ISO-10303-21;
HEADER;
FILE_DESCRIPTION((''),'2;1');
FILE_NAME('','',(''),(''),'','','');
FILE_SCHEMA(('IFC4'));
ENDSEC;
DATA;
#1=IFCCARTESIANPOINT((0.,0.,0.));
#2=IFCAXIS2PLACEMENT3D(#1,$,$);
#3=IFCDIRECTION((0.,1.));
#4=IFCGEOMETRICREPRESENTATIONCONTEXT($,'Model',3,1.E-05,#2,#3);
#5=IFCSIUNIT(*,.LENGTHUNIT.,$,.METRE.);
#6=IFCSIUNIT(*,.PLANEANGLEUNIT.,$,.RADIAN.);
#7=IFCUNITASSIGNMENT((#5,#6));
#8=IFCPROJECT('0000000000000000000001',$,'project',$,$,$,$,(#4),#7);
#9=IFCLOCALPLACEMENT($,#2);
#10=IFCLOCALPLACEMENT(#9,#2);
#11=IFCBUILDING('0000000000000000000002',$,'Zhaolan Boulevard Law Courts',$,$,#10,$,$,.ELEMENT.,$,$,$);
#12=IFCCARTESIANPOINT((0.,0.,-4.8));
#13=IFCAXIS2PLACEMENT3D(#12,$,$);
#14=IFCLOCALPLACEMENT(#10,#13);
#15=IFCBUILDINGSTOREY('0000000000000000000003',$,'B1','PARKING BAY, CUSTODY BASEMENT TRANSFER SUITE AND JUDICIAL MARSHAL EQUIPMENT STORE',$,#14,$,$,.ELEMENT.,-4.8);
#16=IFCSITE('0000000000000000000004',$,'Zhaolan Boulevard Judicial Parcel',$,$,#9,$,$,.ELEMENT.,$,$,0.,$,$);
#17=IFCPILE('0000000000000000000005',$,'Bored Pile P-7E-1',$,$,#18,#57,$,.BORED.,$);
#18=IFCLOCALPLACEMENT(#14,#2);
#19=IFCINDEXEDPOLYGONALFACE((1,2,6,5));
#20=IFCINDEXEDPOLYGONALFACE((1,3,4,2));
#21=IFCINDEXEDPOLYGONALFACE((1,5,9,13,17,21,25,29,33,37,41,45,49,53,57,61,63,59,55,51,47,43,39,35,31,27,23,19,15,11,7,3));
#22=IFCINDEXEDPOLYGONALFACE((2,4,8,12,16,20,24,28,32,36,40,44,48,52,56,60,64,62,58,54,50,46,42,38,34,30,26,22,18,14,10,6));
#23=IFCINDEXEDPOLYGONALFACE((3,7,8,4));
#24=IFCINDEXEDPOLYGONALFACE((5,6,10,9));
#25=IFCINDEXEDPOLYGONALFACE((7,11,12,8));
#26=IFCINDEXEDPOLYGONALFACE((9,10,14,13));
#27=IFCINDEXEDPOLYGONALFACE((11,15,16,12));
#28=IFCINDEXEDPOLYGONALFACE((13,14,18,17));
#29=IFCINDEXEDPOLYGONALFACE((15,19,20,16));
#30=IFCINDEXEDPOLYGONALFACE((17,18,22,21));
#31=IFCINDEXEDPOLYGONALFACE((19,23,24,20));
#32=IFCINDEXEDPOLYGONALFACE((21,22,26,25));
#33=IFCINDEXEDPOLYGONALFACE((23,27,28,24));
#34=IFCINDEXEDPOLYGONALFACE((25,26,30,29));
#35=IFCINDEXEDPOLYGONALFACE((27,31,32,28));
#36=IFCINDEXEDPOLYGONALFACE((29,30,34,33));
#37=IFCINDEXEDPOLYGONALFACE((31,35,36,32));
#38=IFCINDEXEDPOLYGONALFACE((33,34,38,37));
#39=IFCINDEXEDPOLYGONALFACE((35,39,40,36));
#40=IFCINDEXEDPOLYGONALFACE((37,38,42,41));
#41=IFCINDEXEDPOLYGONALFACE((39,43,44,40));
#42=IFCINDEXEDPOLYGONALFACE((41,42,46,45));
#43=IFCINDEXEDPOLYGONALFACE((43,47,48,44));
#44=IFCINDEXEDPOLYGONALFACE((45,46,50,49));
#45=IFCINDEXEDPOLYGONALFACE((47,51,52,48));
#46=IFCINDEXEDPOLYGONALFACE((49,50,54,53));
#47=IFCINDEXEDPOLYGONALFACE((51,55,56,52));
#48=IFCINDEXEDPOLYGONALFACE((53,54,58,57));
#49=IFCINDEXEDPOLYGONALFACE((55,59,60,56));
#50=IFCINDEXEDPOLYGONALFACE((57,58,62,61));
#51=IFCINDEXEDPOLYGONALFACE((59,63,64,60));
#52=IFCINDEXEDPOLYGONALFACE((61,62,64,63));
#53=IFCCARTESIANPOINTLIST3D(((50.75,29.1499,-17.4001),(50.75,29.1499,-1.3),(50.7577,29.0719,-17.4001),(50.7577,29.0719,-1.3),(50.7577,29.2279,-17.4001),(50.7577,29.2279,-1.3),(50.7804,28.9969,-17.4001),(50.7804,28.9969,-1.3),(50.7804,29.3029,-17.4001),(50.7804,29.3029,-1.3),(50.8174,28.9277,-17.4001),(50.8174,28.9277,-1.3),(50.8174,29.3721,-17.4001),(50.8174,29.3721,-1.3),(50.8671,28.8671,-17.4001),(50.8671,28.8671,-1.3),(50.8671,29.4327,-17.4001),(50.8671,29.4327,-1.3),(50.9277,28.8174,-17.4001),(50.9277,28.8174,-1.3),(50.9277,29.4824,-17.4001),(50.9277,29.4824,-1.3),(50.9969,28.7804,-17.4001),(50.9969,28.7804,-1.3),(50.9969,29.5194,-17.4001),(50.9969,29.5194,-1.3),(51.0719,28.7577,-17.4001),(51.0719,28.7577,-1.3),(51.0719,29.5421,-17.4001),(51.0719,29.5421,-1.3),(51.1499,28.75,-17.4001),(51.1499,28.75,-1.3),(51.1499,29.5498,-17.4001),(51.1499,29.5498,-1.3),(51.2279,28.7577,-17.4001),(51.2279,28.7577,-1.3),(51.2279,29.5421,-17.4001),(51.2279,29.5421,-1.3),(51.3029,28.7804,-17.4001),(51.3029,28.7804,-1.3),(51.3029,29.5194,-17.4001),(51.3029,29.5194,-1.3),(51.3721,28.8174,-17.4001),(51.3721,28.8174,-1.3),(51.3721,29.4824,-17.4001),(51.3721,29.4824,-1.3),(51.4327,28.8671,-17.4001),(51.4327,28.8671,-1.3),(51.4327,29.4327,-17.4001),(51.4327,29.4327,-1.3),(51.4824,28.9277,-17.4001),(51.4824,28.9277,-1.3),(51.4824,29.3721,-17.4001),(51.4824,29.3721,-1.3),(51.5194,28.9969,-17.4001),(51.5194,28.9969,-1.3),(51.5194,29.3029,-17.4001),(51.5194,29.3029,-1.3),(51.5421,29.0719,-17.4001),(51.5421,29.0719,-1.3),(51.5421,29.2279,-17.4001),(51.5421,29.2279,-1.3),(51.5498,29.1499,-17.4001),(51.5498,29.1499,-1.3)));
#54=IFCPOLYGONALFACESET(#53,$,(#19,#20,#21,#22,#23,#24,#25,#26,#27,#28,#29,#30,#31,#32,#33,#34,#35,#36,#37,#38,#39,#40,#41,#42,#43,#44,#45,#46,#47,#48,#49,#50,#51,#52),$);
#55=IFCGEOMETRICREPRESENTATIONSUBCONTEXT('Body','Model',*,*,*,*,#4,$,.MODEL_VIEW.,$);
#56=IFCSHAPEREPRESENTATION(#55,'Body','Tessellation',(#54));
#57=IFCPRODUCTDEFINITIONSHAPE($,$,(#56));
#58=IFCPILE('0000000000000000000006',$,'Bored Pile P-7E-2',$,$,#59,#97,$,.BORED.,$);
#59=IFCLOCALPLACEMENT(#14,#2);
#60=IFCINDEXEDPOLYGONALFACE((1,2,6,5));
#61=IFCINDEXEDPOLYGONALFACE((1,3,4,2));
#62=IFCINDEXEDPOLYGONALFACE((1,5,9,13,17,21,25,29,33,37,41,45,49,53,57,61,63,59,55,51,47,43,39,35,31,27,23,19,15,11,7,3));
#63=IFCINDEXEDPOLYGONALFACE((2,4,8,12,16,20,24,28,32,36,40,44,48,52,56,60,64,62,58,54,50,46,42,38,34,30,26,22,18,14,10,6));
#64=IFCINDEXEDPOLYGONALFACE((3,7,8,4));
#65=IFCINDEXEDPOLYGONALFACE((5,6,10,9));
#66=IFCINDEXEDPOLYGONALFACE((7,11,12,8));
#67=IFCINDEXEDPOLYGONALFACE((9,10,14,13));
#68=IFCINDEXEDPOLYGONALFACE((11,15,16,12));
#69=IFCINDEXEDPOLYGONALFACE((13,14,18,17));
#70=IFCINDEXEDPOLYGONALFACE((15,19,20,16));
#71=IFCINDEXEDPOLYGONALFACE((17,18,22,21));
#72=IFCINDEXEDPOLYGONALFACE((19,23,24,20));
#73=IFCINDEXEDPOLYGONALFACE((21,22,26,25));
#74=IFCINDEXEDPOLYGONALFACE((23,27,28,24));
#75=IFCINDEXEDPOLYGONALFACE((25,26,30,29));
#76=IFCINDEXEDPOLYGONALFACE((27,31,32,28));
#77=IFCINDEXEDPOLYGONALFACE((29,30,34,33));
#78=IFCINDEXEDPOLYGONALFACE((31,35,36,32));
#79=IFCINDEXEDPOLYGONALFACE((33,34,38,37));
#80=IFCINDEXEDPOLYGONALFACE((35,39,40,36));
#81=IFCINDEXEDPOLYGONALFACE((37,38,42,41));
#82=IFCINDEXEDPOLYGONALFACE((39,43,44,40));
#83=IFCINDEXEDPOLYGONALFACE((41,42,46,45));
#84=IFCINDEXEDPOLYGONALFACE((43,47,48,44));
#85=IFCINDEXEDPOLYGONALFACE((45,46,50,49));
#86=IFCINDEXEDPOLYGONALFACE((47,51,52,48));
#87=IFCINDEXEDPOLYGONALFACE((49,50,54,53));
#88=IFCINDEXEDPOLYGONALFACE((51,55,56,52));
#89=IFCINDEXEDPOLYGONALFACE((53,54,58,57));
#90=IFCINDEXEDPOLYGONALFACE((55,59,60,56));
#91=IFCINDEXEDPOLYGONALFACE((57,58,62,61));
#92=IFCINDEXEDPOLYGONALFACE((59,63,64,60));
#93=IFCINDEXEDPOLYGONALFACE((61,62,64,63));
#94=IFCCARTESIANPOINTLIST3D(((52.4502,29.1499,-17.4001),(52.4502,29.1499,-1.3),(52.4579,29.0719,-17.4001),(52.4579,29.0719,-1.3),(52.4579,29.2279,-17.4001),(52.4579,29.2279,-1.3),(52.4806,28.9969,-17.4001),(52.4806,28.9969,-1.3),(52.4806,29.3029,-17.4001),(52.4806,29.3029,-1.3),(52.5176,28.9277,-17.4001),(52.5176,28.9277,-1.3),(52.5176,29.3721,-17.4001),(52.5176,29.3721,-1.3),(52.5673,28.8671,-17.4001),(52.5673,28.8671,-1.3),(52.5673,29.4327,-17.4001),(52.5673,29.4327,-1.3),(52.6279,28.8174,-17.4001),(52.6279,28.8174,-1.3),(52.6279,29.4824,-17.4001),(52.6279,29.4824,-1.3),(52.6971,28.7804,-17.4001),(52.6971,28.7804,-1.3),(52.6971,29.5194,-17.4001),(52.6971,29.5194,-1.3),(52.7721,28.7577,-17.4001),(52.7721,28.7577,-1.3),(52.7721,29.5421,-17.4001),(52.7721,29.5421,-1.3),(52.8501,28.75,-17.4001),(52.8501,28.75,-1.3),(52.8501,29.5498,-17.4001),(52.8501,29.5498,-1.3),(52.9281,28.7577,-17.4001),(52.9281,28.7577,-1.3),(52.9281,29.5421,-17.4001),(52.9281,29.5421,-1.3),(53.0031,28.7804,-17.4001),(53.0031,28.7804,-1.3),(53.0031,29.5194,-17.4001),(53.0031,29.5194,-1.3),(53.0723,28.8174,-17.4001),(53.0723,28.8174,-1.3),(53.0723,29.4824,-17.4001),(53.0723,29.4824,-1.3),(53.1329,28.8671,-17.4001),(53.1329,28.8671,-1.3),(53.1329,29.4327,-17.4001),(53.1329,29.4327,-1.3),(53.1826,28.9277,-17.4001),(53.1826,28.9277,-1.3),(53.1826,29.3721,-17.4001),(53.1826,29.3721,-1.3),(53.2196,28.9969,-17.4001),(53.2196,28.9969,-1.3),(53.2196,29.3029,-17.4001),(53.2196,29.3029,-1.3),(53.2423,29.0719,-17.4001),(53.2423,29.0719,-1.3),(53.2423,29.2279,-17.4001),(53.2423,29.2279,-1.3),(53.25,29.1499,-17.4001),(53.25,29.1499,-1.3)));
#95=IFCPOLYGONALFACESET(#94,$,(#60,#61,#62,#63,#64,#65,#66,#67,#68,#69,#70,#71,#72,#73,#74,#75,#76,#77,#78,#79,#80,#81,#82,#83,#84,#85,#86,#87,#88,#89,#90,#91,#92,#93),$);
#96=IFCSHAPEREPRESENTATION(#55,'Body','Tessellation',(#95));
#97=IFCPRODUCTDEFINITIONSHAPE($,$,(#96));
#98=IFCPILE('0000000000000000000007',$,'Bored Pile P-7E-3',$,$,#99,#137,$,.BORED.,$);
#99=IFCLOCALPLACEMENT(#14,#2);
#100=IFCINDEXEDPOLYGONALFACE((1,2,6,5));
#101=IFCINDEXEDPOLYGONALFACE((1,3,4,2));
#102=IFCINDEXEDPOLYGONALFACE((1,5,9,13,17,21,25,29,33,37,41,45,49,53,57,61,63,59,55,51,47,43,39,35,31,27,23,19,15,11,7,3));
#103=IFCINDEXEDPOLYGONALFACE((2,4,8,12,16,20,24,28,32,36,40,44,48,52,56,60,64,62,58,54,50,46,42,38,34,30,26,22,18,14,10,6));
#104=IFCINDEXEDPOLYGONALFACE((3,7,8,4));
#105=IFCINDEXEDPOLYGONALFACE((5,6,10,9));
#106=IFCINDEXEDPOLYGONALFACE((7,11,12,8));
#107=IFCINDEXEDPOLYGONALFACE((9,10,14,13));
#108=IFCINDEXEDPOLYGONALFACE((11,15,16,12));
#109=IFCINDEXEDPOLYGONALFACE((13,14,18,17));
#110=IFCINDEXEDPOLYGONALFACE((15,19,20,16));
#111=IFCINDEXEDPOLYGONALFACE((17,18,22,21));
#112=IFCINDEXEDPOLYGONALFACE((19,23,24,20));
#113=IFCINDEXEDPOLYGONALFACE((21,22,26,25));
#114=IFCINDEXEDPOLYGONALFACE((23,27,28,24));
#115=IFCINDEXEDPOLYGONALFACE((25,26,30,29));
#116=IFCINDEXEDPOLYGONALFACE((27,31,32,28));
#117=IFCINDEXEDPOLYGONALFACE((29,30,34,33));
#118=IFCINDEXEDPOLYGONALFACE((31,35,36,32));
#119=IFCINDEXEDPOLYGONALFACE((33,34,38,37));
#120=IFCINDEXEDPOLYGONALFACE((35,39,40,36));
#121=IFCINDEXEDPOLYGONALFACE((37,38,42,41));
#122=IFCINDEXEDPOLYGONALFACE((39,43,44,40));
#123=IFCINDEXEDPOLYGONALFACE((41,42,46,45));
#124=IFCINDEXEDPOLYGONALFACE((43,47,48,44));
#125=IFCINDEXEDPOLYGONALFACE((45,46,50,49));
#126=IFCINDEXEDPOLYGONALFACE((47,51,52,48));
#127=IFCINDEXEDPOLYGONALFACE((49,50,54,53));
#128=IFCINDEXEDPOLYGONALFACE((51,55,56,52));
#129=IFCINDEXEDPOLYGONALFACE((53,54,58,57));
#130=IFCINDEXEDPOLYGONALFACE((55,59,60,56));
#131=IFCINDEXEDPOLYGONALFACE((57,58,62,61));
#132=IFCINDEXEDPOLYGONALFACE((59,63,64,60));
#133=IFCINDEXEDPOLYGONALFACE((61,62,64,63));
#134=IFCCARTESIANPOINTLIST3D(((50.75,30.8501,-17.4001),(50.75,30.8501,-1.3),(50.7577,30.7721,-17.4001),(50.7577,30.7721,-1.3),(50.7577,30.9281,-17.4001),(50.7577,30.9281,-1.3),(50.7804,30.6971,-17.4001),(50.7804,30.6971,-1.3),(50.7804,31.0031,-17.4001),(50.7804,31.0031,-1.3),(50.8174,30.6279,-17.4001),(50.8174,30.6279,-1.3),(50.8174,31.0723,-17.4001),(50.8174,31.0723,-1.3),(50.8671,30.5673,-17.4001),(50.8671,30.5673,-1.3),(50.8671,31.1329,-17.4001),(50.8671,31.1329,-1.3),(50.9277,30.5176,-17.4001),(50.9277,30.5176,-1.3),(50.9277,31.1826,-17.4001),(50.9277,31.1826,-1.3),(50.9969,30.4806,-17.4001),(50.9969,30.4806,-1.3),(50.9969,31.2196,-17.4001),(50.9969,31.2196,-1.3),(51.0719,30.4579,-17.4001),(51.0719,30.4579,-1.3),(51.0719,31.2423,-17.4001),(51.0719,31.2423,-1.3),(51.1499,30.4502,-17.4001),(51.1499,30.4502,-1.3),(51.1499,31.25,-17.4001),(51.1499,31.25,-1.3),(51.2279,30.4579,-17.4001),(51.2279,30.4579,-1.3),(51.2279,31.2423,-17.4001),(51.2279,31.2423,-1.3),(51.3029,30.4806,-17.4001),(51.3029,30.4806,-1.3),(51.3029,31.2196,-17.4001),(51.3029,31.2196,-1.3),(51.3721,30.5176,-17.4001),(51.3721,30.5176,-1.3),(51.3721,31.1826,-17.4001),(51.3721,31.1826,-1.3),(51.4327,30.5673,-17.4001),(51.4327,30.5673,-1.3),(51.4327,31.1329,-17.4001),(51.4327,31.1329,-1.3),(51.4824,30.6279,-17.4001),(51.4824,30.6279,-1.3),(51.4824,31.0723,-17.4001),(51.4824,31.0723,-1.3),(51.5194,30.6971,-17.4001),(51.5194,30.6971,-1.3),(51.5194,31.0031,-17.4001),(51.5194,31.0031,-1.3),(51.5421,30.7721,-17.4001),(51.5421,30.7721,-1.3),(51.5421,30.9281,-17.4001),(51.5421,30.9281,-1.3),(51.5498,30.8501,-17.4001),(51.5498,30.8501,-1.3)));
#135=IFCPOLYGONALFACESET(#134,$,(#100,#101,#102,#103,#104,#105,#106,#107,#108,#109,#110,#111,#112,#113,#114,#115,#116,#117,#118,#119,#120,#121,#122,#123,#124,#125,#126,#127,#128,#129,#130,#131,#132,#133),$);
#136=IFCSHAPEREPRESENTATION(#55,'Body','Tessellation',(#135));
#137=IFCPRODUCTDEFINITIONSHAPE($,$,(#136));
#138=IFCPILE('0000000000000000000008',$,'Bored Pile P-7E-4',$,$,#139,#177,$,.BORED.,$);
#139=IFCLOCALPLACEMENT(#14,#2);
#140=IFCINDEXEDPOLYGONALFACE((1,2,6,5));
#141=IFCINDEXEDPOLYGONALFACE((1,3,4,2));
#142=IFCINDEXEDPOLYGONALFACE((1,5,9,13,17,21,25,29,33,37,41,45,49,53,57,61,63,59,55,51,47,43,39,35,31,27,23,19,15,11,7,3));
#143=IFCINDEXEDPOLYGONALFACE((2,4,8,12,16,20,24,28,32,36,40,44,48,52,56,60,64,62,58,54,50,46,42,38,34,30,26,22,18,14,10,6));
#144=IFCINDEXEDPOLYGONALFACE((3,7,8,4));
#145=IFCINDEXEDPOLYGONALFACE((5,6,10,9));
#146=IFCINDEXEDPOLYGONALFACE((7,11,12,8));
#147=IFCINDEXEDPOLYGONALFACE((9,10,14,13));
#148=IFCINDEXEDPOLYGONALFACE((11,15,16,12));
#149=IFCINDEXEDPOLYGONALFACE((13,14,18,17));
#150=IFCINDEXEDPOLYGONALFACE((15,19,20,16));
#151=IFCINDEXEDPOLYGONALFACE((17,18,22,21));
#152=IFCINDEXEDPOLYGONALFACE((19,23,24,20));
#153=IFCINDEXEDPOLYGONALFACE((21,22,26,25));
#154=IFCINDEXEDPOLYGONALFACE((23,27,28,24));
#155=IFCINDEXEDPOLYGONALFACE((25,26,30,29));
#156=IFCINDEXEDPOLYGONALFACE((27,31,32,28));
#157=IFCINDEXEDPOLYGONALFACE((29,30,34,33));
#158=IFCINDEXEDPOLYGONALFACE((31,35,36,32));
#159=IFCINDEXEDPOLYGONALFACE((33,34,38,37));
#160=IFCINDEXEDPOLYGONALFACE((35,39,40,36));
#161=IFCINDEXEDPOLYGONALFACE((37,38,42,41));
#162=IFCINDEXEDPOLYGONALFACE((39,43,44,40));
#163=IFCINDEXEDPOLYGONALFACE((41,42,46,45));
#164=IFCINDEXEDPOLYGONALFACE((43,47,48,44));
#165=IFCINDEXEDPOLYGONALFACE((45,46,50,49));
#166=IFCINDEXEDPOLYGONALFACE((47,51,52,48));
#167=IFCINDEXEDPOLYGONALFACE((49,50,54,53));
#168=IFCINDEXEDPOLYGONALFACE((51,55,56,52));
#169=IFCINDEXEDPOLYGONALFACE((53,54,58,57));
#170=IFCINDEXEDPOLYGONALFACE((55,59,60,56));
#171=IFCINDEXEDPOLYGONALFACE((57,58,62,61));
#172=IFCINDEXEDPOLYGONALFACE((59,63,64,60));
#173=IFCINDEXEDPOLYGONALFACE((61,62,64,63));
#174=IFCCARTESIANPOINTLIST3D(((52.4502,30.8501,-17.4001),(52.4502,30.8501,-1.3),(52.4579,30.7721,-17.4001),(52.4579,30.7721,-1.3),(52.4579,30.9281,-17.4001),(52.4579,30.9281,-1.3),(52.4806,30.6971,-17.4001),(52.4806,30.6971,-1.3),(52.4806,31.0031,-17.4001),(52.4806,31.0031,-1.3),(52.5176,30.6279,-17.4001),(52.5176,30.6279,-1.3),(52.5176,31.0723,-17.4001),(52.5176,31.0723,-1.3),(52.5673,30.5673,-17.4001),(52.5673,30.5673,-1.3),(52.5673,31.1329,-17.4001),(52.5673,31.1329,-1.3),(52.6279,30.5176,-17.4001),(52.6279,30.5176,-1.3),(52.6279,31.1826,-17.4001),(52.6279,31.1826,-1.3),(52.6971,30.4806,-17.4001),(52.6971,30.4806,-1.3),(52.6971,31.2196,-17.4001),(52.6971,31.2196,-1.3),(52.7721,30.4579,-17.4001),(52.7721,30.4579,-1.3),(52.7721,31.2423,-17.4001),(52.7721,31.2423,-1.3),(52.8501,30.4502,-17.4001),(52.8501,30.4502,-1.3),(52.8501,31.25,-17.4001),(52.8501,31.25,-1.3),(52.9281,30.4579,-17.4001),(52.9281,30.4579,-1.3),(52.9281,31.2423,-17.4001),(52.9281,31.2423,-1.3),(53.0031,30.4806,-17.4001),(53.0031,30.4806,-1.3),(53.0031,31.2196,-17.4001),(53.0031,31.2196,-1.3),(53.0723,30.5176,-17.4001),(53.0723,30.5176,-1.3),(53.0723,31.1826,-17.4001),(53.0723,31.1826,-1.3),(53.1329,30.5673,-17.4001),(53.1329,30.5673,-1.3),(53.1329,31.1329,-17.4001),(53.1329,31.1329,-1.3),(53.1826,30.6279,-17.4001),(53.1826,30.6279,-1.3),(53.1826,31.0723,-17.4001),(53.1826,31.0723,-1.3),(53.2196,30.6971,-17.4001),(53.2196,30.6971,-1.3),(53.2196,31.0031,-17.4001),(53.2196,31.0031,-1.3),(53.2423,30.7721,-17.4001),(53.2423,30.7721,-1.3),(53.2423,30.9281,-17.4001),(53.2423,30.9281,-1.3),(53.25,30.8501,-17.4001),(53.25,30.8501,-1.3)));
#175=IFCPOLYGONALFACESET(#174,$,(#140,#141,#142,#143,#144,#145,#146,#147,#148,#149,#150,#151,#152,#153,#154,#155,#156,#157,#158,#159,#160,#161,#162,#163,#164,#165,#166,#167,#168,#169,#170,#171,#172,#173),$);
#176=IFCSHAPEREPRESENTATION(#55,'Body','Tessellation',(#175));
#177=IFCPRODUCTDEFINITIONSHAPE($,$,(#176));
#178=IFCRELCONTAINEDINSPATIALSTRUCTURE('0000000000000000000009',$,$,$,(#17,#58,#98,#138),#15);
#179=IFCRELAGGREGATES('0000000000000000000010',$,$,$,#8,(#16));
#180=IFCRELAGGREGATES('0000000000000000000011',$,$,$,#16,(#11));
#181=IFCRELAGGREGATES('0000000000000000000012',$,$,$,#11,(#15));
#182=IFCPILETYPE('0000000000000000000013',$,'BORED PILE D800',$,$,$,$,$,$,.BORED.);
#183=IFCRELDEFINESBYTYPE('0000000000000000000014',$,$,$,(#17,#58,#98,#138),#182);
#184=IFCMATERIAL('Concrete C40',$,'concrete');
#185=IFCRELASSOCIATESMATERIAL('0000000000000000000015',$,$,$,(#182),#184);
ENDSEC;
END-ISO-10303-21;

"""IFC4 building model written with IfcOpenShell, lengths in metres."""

from ifc_helpers import new_model, si_unit, direction, frame, origin, origin_2d, place, context, subcontext, project, spatial, circle, extrude, material, material_profile, profile_set, type_object, element, save


model = new_model("IFC4")

# Units and contexts
model_context = context("Model", 3, precision=1e-05, world=origin(), true_north=direction((0.0, 1.0)))
body_context = subcontext(model_context, "Body", "Model", "MODEL_VIEW")
ifc_project = project(units=[si_unit("LENGTHUNIT", "METRE"), si_unit("PLANEANGLEUNIT", "RADIAN")], contexts=[model_context])

# Site, building, storey
site_placement = place(None, origin())
site = spatial("IfcSite", under=ifc_project, at=site_placement, Name="Zhaolan Boulevard Judicial Parcel", CompositionType="ELEMENT", RefElevation=0.0)
building_placement = place(site_placement, origin())
building = spatial("IfcBuilding", under=site, at=building_placement, Name="Zhaolan Boulevard Law Courts", CompositionType="ELEMENT")
storey_placement = place(building_placement, frame((0.0, 0.0, -4.8)))
storey = spatial("IfcBuildingStorey", under=building, at=storey_placement, Name="B1", Description="PARKING BAY, CUSTODY BASEMENT TRANSFER SUITE AND JUDICIAL MARSHAL EQUIPMENT STORE", CompositionType="ELEMENT", Elevation=-4.8)

# Piles
ifc_material_1 = material(Name="Concrete C40", Category="concrete")
ifc_material_profile_1 = material_profile(ifc_material_1, circle(Radius=0.3999, at=origin_2d()), Name="PILE-D800")
ifc_profile_set_1 = profile_set([ifc_material_profile_1], Name="Concrete C40")
pile_type = type_object("IfcPileType", Name="BORED PILE D800", PredefinedType="BORED", material=ifc_profile_set_1)
for number, where, z_axis, x_axis, name in (
    (1, (51.1499, 29.1499, -1.3), (0.0, 0.0, -1.0), (1.0, 0.0, 0.0), "Bored Pile P-7E-1"),
    (2, (52.8501, 29.1499, -1.3), (0.0, 0.0, -1.0), (1.0, 0.0, 0.0), "Bored Pile P-7E-2"),
    (3, (51.1499, 30.8501, -1.3), (0.0, 0.0, -1.0), (1.0, 0.0, 0.0), "Bored Pile P-7E-3"),
    (4, (52.8501, 30.8501, -1.3), (0.0, 0.0, -1.0), (1.0, 0.0, 0.0), "Bored Pile P-7E-4"),
):
    element("IfcPile", number, at=place(storey_placement, frame(where, z_axis=z_axis, x_axis=x_axis)), inside=storey, type_object=pile_type, Name=name, PredefinedType="BORED", context=body_context, shape_type="SweptSolid", body=[
        extrude(circle(Radius=0.3999, at=origin_2d()), origin(), (0.0, 0.0, 1.0), 16.1001),
    ])

save(model, "model.ifc")
